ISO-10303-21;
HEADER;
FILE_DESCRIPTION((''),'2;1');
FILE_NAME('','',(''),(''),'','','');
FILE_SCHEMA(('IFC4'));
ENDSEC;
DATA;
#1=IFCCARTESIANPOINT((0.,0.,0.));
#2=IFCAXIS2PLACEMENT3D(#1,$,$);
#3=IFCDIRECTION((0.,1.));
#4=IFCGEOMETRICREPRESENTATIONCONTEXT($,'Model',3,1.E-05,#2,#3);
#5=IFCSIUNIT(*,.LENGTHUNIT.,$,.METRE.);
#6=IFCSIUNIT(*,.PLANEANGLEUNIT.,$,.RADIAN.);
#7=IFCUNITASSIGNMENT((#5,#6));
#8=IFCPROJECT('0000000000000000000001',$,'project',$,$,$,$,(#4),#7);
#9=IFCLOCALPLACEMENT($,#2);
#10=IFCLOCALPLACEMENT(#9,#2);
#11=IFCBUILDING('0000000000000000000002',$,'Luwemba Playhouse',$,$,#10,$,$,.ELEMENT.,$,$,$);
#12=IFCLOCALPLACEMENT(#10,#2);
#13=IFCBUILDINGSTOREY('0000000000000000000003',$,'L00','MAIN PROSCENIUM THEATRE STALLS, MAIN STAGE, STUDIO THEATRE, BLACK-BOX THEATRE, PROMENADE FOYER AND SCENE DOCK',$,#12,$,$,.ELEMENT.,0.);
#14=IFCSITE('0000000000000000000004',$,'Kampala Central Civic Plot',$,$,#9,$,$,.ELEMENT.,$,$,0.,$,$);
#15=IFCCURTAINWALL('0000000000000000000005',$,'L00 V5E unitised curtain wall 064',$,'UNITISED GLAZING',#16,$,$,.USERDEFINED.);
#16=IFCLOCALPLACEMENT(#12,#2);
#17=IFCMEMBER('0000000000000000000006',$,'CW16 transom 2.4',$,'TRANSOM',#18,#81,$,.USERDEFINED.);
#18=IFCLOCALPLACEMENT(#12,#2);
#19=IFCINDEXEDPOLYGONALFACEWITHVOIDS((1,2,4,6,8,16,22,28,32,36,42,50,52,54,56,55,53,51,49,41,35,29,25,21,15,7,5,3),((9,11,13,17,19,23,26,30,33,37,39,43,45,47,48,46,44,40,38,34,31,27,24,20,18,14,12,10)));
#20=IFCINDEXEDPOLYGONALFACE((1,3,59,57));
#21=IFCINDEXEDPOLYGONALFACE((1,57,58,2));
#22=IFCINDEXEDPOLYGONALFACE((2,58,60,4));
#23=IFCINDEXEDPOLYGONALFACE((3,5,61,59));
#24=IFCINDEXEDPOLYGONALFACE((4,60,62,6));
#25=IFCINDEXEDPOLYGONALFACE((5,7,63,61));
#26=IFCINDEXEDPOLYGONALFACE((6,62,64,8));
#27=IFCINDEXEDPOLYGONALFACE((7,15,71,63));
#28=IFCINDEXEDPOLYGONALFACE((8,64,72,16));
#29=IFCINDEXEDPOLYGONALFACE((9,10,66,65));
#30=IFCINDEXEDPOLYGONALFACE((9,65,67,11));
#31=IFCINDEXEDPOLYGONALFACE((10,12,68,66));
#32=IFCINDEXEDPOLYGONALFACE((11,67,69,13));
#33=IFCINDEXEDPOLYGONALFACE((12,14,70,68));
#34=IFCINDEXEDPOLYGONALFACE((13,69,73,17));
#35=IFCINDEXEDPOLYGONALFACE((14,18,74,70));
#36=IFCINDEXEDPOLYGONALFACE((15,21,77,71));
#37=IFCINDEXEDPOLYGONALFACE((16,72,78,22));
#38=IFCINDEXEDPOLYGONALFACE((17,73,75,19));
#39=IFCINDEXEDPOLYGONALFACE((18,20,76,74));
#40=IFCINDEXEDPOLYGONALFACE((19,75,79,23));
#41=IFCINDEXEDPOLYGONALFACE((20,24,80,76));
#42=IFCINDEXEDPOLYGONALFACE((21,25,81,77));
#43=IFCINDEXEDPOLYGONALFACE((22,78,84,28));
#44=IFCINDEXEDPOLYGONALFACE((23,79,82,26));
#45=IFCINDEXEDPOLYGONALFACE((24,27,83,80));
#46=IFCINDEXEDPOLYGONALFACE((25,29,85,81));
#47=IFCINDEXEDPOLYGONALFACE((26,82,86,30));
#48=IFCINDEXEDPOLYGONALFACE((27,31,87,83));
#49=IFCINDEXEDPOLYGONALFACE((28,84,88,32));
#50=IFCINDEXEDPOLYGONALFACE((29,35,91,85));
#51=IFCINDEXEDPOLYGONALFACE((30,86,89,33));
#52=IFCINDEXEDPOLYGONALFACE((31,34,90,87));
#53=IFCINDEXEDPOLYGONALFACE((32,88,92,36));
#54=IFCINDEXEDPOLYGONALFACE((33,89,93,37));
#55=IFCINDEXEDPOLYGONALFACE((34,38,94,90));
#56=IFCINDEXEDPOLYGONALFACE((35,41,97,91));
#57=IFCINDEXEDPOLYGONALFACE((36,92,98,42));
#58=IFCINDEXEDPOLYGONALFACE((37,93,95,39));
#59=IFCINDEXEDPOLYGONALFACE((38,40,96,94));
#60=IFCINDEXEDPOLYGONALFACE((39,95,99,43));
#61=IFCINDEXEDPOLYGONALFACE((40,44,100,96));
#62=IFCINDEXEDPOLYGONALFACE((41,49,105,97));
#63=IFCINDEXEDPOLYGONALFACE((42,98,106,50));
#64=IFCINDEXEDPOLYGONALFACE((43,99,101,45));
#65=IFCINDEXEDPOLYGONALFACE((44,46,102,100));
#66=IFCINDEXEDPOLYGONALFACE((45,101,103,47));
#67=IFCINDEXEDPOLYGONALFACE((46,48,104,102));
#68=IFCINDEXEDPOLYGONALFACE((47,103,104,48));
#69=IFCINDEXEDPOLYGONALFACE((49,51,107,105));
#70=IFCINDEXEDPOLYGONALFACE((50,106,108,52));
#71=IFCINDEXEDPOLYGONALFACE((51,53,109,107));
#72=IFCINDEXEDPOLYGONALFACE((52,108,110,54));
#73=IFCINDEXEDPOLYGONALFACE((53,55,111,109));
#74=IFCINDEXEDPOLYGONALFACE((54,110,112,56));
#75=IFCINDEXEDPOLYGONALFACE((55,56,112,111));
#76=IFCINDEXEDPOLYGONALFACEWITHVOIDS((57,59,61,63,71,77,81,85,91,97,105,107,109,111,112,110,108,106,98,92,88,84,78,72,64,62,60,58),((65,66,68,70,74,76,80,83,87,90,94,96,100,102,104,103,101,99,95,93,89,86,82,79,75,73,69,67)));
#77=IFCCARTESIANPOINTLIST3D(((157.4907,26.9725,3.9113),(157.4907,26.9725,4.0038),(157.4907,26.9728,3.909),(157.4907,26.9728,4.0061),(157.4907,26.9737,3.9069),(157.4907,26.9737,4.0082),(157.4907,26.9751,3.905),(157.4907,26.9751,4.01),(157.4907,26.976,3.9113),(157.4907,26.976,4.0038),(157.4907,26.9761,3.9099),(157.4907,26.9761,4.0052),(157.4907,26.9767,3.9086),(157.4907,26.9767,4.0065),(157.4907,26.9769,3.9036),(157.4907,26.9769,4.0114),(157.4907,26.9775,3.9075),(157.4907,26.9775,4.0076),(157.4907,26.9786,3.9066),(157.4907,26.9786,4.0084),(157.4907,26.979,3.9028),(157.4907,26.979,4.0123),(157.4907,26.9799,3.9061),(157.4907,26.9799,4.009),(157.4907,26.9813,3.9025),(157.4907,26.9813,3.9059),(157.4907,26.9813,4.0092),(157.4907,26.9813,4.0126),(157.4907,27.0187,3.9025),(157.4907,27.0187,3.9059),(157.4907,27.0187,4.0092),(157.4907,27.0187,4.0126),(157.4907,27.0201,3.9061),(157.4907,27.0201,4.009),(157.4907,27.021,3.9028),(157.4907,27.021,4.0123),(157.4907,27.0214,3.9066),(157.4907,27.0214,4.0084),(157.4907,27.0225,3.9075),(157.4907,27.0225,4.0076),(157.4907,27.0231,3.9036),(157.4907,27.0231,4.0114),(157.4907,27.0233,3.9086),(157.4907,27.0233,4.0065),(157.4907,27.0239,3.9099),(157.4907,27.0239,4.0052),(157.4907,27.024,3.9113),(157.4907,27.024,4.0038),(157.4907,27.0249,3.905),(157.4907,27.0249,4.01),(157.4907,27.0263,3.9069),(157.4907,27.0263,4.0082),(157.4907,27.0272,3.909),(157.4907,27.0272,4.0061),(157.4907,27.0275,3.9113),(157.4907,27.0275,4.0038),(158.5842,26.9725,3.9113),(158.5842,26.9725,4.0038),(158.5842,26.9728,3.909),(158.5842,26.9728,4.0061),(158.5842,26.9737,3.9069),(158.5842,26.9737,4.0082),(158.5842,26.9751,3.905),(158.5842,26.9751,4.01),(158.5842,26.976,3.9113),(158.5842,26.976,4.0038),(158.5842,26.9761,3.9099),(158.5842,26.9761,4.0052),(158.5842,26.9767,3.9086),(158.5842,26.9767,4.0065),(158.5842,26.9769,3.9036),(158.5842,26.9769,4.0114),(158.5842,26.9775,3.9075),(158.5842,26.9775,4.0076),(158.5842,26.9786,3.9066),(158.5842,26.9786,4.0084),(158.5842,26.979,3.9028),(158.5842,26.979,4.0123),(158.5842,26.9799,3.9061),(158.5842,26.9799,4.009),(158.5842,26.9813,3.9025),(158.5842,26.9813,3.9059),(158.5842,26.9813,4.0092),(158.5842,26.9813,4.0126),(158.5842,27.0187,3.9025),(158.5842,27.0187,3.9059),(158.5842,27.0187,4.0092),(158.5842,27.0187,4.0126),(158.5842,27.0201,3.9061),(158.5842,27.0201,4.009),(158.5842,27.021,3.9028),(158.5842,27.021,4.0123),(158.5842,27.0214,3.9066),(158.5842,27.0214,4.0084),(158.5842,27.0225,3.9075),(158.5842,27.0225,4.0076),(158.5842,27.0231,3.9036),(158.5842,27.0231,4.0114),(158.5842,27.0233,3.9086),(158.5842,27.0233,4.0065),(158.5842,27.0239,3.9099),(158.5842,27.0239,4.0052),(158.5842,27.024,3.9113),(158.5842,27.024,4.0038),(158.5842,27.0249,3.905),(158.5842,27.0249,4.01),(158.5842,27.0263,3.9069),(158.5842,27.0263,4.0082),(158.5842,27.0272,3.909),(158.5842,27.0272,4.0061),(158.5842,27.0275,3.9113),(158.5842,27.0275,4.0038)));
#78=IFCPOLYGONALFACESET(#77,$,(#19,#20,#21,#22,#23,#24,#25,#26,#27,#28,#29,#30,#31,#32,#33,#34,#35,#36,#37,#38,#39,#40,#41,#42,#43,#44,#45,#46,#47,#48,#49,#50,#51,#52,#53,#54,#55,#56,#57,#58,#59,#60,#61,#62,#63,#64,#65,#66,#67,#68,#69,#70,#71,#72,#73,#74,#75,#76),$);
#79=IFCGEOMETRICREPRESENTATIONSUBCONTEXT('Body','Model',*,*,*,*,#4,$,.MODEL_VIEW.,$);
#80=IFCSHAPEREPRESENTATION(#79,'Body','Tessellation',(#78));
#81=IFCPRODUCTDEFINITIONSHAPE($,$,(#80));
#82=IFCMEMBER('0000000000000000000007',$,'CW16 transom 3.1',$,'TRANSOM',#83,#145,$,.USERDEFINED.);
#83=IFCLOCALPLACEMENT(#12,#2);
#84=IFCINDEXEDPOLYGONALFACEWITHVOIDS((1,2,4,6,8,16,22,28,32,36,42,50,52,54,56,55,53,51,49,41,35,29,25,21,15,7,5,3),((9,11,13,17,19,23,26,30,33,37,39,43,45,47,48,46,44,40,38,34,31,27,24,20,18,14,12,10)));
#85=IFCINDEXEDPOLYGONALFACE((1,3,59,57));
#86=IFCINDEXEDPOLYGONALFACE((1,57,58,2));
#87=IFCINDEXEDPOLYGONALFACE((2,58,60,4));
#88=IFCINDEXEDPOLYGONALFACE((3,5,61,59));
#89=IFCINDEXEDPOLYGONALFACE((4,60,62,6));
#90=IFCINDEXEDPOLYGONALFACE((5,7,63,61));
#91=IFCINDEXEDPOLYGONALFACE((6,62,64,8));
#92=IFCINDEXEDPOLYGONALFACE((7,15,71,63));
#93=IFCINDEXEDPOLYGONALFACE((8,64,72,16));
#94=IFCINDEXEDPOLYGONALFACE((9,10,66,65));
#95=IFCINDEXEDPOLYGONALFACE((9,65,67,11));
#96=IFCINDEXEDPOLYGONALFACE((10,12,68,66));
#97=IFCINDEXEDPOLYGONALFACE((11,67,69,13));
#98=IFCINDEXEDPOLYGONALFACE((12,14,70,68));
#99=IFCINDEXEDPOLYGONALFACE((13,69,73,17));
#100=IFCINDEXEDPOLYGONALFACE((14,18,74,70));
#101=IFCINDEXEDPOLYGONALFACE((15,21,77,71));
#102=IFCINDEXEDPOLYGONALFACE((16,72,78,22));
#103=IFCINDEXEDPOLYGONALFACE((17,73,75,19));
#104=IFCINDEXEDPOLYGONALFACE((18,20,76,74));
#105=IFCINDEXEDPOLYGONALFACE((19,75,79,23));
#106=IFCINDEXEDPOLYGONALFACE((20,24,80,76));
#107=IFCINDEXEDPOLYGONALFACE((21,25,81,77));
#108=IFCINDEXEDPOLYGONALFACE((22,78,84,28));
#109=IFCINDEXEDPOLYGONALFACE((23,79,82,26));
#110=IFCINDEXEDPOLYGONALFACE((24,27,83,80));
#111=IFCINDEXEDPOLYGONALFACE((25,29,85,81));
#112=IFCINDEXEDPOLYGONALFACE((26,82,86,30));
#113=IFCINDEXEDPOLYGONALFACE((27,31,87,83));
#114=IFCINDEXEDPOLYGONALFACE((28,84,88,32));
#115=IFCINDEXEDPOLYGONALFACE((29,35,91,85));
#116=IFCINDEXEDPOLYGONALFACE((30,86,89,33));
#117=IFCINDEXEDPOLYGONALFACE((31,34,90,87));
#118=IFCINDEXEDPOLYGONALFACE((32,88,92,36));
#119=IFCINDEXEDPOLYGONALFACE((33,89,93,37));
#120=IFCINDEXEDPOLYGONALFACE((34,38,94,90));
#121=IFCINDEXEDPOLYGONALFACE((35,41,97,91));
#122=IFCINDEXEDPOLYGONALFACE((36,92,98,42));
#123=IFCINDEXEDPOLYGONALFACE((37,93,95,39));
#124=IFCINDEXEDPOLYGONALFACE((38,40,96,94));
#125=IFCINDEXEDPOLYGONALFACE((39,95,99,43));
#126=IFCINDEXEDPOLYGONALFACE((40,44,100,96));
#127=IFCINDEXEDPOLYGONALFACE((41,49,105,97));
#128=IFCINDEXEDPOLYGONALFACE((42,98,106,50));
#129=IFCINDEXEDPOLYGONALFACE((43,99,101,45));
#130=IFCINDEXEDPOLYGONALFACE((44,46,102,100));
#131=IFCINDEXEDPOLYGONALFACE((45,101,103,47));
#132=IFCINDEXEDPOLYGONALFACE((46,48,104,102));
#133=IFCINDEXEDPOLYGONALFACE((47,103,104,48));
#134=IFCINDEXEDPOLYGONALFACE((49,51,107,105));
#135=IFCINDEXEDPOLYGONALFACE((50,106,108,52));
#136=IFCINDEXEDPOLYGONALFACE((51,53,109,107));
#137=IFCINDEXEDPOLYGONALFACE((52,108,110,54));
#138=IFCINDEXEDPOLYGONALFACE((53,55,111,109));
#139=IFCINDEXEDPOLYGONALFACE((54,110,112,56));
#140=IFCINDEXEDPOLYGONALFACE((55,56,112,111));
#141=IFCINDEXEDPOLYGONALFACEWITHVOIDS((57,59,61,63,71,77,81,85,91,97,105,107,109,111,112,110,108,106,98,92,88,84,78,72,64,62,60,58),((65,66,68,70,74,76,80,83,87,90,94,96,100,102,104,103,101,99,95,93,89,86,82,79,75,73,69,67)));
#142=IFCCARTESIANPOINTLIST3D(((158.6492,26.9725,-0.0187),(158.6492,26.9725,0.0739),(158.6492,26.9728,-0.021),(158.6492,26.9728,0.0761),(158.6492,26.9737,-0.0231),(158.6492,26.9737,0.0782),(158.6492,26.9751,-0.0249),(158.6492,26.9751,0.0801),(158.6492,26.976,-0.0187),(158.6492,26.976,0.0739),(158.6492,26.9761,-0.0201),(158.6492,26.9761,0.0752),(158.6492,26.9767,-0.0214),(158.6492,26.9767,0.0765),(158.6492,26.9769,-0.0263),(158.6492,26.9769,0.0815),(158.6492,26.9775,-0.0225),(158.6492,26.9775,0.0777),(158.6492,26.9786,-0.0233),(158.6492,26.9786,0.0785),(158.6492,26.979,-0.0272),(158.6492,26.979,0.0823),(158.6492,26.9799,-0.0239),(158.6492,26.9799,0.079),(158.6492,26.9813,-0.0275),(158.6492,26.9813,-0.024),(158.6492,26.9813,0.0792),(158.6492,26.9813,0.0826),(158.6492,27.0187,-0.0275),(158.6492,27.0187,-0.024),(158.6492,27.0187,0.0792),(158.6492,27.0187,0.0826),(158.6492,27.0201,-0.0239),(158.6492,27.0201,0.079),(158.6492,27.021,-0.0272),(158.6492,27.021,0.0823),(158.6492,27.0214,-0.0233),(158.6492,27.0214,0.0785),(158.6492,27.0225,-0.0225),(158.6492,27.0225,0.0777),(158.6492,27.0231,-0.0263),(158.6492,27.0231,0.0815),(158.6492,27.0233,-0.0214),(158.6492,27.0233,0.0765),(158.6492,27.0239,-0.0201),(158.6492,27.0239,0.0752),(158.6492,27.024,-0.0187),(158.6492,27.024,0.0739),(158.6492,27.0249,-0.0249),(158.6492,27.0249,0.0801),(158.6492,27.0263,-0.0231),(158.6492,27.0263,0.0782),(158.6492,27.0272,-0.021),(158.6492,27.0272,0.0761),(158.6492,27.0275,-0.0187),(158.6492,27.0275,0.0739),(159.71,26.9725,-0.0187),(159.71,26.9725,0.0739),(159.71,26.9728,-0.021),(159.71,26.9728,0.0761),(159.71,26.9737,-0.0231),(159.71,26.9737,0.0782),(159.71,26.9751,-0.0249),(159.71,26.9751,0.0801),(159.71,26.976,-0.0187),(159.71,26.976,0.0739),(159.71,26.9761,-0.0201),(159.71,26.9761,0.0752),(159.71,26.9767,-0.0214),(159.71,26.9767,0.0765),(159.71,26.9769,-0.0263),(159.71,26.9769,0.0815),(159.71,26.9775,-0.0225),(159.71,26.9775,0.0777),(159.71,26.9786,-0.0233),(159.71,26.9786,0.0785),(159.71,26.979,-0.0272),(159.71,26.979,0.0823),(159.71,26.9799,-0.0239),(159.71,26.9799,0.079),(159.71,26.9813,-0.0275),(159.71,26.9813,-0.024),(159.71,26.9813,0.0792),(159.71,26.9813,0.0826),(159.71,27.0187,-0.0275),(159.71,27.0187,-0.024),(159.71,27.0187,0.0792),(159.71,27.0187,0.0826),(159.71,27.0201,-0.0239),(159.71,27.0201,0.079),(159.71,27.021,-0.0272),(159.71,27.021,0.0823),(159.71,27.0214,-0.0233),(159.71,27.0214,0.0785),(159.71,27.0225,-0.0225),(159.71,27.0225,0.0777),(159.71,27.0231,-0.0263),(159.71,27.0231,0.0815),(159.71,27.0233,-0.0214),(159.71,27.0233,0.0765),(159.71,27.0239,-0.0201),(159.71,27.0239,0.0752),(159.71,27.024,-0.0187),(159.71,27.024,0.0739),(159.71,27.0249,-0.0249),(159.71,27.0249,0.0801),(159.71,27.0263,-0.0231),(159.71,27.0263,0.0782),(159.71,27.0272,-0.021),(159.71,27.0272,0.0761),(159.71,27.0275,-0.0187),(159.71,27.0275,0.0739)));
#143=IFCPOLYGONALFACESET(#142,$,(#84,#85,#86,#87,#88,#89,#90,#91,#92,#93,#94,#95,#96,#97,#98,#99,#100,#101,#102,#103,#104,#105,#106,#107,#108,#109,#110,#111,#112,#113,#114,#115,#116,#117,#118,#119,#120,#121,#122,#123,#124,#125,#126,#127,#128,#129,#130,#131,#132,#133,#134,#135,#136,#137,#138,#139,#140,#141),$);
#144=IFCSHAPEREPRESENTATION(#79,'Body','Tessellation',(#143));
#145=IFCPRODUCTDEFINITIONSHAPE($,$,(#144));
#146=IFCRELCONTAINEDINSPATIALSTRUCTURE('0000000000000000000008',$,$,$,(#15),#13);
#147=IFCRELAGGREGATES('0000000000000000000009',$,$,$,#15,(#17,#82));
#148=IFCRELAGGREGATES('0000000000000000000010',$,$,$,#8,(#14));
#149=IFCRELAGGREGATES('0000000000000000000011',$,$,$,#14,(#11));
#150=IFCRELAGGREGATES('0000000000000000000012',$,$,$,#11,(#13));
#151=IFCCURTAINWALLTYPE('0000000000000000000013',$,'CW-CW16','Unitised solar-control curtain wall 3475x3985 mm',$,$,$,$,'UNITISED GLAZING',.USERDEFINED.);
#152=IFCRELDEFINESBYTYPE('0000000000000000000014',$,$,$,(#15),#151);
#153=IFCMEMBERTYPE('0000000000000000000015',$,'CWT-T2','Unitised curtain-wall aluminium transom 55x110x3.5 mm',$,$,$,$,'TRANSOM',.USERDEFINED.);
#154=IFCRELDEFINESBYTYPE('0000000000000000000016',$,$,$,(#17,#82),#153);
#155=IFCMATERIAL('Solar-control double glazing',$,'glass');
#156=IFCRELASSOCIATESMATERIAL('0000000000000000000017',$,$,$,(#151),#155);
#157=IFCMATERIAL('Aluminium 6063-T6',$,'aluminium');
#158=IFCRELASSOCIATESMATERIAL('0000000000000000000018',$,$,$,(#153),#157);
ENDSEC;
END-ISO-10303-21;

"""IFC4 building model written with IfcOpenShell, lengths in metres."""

from ifc_helpers import new_model, si_unit, direction, frame, origin, origin_2d, place, context, subcontext, project, spatial, hollow_rectangle, extrude, material, material_profile, profile_set, type_object, element, aggregate, save


model = new_model("IFC4")

# Units and contexts
model_context = context("Model", 3, precision=1e-05, world=origin(), true_north=direction((0.0, 1.0)))
body_context = subcontext(model_context, "Body", "Model", "MODEL_VIEW")
ifc_project = project(units=[si_unit("LENGTHUNIT", "METRE"), si_unit("PLANEANGLEUNIT", "RADIAN")], contexts=[model_context])

# Site, building, storey
site_placement = place(None, origin())
site = spatial("IfcSite", under=ifc_project, at=site_placement, Name="Kampala Central Civic Plot", CompositionType="ELEMENT", RefElevation=0.0)
building_placement = place(site_placement, origin())
building = spatial("IfcBuilding", under=site, at=building_placement, Name="Luwemba Playhouse", CompositionType="ELEMENT")
storey_placement = place(building_placement, origin())
storey = spatial("IfcBuildingStorey", under=building, at=storey_placement, Name="L00", Description="MAIN PROSCENIUM THEATRE STALLS, MAIN STAGE, STUDIO THEATRE, BLACK-BOX THEATRE, PROMENADE FOYER AND SCENE DOCK", CompositionType="ELEMENT", Elevation=0.0)

# Curtain wall, members
ifc_material_1 = material(Name="Solar-control double glazing", Category="glass")
curtain_wall_type = type_object("IfcCurtainWallType", Name="CW-CW16", Description="Unitised solar-control curtain wall 3475x3985 mm", ElementType="UNITISED GLAZING", PredefinedType="USERDEFINED", material=ifc_material_1)
curtain_wall_placement = place(storey_placement, origin())
curtain_wall = element("IfcCurtainWall", 1, at=curtain_wall_placement, inside=storey, type_object=curtain_wall_type, Name="L00 V5E unitised curtain wall 064", ObjectType="UNITISED GLAZING", PredefinedType="USERDEFINED")
ifc_material_2 = material(Name="Aluminium 6063-T6", Category="aluminium")
ifc_material_profile_1 = material_profile(ifc_material_2, hollow_rectangle(XDim=0.0549, YDim=0.1101, WallThickness=0.0034, InnerFilletRadius=0.0054, OuterFilletRadius=0.0088, at=origin_2d()))
ifc_profile_set_1 = profile_set([ifc_material_profile_1], Name="Aluminium 6063-T6")
member_type_1 = type_object("IfcMemberType", Name="CWT-T2", Description="Unitised curtain-wall aluminium transom 55x110x3.5 mm", ElementType="TRANSOM", PredefinedType="USERDEFINED", material=ifc_profile_set_1)
member_1_placement = place(storey_placement, frame((157.4907, 27.0, 3.9575), z_axis=(1.0, 0.0, 0.0), x_axis=(0.0, 1.0, 0.0)))
member_1 = element("IfcMember", 2, at=member_1_placement, type_object=member_type_1, Name="CW16 transom 2.4", ObjectType="TRANSOM", PredefinedType="USERDEFINED", context=body_context, shape_type="SweptSolid", body=[
    extrude(hollow_rectangle(XDim=0.0549, YDim=0.1101, WallThickness=0.0034, InnerFilletRadius=0.0054, OuterFilletRadius=0.0088, at=origin_2d()), origin(), (0.0, 0.0, 1.0), 1.0935),
])
member_2_placement = place(storey_placement, frame((158.6492, 27.0, 0.0276), z_axis=(1.0, 0.0, 0.0), x_axis=(0.0, 1.0, 0.0)))
member_2 = element("IfcMember", 3, at=member_2_placement, type_object=member_type_1, Name="CW16 transom 3.1", ObjectType="TRANSOM", PredefinedType="USERDEFINED", context=body_context, shape_type="SweptSolid", body=[
    extrude(hollow_rectangle(XDim=0.0549, YDim=0.1101, WallThickness=0.0034, InnerFilletRadius=0.0054, OuterFilletRadius=0.0088, at=origin_2d()), origin(), (0.0, 0.0, 1.0), 1.0608),
])
aggregate(curtain_wall, [member_1, member_2])

save(model, "model.ifc")
